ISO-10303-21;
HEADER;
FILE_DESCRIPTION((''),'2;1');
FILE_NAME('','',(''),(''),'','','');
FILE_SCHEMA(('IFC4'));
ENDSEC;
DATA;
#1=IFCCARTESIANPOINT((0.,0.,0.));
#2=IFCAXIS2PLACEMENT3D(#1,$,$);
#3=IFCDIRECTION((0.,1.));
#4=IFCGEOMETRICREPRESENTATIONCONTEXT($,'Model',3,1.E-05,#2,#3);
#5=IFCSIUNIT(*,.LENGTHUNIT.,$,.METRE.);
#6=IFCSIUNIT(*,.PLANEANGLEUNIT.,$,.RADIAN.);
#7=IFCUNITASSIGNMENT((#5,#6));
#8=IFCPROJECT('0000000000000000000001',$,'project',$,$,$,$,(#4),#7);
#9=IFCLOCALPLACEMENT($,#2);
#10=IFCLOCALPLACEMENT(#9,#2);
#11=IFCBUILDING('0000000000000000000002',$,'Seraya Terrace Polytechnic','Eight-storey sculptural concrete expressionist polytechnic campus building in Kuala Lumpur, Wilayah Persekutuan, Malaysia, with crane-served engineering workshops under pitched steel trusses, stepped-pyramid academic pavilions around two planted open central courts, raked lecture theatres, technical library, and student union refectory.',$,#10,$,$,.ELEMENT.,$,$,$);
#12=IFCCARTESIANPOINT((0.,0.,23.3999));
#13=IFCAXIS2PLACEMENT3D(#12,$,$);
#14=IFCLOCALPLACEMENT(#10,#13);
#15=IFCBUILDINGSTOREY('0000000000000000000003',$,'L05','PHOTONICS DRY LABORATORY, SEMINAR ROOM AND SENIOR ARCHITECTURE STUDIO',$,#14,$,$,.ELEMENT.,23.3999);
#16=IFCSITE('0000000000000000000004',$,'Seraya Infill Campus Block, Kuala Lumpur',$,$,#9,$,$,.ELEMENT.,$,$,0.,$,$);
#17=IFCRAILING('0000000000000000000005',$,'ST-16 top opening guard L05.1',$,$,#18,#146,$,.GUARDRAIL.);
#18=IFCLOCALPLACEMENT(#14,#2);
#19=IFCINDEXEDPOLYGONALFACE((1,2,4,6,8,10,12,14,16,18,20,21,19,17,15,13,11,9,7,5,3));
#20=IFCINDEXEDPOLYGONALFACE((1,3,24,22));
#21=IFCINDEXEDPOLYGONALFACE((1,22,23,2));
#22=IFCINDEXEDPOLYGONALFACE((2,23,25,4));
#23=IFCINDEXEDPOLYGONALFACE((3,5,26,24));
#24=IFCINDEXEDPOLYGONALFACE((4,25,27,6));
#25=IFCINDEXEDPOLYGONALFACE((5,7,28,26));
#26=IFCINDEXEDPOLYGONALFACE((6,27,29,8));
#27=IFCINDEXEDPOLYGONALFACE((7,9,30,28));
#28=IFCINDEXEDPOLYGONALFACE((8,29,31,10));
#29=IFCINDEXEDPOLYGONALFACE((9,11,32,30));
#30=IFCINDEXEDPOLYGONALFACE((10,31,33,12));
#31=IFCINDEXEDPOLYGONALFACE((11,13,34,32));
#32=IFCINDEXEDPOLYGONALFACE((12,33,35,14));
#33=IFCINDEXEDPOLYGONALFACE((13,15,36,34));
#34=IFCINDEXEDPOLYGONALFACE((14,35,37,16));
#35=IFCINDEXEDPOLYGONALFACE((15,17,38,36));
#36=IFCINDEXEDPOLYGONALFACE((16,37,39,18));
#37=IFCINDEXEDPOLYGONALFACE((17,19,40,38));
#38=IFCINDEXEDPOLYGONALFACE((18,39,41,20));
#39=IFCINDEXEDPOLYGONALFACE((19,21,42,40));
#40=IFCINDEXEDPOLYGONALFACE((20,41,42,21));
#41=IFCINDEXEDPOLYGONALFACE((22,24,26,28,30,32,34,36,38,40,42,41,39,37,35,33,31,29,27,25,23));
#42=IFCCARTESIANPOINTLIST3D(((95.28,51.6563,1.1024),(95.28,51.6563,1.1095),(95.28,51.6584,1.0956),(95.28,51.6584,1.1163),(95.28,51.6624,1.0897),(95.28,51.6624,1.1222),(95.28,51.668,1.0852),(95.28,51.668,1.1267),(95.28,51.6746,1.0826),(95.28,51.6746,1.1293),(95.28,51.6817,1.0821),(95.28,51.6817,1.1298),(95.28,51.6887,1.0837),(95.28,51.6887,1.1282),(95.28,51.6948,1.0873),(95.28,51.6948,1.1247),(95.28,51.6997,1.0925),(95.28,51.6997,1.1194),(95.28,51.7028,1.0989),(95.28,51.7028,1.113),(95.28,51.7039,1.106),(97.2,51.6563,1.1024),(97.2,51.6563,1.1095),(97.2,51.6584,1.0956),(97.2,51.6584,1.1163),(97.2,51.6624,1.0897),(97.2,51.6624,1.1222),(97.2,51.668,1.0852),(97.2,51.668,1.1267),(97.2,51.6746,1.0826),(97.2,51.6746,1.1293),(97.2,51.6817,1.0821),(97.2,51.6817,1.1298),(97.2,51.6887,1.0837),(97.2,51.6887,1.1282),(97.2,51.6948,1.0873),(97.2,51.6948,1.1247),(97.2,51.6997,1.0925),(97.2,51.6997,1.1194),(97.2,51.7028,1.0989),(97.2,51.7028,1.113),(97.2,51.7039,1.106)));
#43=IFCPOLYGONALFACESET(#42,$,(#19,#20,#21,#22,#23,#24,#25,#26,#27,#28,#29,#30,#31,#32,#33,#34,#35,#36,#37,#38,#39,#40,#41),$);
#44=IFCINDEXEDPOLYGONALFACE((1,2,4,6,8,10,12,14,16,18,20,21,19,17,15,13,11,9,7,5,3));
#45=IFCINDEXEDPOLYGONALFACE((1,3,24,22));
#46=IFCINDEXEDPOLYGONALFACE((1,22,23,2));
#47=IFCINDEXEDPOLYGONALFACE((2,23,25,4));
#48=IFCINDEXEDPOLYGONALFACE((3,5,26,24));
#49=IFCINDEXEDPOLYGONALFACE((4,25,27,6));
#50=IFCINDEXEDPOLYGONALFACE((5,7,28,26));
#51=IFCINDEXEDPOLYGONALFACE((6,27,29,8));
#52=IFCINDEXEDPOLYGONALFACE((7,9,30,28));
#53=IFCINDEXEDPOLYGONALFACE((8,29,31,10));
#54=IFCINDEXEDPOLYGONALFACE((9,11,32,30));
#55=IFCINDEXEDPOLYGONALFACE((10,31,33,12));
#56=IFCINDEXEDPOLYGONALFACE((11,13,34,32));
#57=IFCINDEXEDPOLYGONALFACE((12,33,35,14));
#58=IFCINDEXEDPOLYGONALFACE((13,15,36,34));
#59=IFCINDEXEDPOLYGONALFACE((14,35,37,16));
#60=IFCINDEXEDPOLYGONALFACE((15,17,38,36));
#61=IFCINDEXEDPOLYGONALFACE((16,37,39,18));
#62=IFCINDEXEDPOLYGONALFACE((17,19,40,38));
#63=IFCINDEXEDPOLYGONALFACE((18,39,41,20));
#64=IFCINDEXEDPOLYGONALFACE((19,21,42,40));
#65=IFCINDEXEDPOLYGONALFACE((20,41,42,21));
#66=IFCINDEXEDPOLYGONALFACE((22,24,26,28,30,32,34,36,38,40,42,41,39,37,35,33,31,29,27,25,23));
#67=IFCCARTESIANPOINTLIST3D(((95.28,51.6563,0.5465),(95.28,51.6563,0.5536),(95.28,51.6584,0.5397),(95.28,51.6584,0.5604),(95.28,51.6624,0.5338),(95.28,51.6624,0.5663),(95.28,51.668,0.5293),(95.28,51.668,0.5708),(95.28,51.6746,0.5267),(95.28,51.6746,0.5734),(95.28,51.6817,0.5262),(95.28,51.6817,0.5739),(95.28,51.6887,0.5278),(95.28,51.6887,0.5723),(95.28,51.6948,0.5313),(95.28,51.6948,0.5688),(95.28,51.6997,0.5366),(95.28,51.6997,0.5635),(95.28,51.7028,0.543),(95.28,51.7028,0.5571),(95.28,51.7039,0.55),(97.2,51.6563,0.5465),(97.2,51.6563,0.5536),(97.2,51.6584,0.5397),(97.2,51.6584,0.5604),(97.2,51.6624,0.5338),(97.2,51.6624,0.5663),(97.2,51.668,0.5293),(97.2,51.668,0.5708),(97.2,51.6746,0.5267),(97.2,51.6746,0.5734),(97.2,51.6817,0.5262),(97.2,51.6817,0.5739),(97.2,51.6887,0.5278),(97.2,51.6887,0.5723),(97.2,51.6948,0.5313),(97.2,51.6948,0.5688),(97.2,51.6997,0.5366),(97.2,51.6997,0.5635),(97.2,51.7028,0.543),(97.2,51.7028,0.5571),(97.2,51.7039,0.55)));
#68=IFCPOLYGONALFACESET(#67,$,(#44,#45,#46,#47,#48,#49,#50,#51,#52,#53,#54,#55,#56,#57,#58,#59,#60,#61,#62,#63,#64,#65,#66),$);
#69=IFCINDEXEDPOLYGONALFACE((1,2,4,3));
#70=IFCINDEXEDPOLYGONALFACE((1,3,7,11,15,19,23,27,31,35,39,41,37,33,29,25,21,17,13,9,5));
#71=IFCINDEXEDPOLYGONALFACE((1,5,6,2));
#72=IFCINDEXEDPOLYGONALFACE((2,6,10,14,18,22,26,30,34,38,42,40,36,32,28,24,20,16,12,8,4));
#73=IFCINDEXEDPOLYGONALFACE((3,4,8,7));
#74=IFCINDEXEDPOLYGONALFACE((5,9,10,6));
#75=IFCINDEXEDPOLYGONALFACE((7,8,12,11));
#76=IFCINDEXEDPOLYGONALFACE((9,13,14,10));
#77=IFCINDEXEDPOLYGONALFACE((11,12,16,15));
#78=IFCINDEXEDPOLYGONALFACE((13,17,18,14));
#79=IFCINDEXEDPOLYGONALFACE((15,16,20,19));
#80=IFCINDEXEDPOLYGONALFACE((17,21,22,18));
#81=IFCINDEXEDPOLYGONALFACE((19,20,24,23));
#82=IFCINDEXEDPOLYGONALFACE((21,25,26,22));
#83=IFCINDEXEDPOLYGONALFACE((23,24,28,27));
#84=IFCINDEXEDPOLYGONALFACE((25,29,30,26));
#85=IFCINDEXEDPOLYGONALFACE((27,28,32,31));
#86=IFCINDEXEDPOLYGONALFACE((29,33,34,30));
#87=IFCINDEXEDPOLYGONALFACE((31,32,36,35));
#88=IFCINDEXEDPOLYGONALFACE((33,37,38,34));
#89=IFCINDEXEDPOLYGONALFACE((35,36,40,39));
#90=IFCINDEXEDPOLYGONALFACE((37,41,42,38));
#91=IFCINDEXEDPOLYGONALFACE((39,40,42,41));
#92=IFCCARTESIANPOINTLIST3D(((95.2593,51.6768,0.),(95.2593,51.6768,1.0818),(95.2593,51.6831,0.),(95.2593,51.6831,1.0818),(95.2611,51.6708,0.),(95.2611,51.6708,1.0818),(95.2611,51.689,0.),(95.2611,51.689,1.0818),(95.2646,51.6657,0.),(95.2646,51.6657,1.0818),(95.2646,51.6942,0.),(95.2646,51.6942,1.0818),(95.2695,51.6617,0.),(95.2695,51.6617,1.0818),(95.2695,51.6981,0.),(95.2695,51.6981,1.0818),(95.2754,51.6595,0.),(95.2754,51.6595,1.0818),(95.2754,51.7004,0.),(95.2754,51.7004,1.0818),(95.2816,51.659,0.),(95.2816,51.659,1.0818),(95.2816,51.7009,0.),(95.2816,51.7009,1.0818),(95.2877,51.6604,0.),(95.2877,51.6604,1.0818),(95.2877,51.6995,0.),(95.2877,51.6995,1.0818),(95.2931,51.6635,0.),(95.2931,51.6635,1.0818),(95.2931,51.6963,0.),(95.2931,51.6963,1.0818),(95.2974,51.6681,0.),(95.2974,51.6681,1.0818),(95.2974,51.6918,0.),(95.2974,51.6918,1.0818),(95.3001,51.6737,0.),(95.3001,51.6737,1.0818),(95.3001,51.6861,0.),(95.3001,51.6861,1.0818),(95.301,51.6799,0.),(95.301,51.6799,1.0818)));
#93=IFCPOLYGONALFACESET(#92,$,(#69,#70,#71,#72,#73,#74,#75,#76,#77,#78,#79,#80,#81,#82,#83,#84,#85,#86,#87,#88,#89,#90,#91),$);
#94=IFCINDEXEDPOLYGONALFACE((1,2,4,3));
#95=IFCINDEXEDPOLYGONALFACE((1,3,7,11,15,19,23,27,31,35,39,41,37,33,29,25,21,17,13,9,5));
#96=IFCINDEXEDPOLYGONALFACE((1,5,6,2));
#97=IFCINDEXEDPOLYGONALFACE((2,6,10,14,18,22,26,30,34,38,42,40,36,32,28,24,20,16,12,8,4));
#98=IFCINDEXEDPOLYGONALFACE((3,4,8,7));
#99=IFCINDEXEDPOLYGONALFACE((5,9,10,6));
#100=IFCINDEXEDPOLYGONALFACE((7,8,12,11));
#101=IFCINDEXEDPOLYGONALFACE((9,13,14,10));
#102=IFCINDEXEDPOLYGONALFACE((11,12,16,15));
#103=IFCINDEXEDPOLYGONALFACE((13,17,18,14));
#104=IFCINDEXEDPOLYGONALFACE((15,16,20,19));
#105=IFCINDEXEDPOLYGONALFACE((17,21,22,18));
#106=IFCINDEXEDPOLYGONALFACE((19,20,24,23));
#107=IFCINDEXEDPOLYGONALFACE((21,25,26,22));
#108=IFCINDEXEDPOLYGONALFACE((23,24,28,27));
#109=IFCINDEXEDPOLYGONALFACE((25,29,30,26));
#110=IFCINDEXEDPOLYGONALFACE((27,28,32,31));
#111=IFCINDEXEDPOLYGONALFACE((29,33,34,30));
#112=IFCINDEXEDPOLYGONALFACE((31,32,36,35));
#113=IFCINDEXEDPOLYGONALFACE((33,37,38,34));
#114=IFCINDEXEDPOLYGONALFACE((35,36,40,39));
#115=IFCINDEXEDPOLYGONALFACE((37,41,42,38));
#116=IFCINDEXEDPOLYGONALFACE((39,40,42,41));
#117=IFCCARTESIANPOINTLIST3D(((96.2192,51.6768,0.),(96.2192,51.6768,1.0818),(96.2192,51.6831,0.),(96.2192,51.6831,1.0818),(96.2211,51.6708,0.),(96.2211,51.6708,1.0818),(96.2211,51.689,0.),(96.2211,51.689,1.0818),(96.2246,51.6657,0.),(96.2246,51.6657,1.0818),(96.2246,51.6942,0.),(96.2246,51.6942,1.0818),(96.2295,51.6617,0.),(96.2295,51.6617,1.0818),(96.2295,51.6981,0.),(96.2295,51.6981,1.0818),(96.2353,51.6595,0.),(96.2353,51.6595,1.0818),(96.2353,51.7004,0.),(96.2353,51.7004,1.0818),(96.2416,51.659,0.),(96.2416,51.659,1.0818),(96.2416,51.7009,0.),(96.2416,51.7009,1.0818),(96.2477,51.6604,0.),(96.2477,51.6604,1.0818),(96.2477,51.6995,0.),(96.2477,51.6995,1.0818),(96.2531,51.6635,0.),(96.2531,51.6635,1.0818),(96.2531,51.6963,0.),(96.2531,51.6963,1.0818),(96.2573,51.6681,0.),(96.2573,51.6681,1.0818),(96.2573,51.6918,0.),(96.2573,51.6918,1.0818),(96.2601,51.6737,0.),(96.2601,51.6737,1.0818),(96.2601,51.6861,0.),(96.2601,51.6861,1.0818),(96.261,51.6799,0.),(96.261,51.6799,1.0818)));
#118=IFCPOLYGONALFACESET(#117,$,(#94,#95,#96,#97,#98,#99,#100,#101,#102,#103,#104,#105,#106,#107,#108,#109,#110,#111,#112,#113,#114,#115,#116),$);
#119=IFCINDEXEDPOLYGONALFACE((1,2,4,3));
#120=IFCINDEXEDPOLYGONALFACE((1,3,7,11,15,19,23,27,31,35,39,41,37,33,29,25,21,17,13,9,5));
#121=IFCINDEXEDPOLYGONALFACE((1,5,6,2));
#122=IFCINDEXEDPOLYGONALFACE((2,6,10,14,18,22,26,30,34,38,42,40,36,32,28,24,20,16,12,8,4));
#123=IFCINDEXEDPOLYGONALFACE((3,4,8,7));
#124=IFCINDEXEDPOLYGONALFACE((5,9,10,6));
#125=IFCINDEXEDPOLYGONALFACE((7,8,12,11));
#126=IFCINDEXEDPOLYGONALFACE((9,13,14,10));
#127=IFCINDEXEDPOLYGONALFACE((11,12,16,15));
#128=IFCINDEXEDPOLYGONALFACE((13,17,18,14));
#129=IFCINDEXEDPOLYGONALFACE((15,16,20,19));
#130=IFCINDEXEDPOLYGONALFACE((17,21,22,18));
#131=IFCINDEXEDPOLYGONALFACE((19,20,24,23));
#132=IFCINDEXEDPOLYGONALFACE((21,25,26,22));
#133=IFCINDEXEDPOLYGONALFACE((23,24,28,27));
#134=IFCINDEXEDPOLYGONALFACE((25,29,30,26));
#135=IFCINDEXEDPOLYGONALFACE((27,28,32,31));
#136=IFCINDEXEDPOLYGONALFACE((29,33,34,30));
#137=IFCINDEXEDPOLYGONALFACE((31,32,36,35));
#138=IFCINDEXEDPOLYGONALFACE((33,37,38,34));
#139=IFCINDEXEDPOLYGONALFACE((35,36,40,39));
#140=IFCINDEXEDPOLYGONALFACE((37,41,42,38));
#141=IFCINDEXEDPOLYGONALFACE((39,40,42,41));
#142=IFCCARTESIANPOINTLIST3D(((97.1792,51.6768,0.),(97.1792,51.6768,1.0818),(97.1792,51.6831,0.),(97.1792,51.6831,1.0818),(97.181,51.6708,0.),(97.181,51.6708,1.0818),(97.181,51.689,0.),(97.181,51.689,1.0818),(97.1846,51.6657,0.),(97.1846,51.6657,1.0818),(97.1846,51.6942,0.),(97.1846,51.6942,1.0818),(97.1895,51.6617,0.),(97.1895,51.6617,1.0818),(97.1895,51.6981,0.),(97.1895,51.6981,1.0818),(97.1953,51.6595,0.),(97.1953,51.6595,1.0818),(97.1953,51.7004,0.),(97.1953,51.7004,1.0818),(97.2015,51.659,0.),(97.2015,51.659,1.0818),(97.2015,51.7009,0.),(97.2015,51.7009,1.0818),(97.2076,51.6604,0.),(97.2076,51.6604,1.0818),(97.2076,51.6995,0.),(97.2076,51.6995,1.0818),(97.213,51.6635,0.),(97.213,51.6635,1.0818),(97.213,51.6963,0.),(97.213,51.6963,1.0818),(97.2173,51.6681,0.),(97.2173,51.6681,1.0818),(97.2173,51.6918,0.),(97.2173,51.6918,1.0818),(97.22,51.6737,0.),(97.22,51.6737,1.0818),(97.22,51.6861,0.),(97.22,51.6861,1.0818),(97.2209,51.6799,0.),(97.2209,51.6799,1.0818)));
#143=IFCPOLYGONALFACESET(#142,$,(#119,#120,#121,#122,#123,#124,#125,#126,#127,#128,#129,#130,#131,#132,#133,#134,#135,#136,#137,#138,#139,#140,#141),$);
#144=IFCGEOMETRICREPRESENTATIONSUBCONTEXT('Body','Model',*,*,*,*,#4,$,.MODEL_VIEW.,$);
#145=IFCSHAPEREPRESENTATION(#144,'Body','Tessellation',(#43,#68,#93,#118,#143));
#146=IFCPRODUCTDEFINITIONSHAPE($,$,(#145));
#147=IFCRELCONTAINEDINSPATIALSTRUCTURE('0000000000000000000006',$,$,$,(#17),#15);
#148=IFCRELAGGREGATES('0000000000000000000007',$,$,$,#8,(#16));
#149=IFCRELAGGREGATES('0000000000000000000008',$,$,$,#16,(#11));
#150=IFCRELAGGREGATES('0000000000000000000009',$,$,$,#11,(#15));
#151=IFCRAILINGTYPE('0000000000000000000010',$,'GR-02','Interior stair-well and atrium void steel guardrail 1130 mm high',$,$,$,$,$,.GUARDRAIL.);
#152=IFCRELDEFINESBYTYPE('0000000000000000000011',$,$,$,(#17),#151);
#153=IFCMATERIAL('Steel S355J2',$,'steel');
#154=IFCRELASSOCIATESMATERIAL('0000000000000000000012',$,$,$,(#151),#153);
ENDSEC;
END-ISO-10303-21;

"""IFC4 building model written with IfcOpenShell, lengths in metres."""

from ifc_helpers import new_model, si_unit, direction, frame, origin, origin_2d, place, context, subcontext, project, spatial, circle, extrude, material, type_object, element, save


model = new_model("IFC4")

# Units and contexts
model_context = context("Model", 3, precision=1e-05, world=origin(), true_north=direction((0.0, 1.0)))
body_context = subcontext(model_context, "Body", "Model", "MODEL_VIEW")
ifc_project = project(units=[si_unit("LENGTHUNIT", "METRE"), si_unit("PLANEANGLEUNIT", "RADIAN")], contexts=[model_context])

# Site, building, storey
site_placement = place(None, origin())
site = spatial("IfcSite", under=ifc_project, at=site_placement, Name="Seraya Infill Campus Block, Kuala Lumpur", CompositionType="ELEMENT", RefElevation=0.0)
building_placement = place(site_placement, origin())
building = spatial("IfcBuilding", under=site, at=building_placement, Name="Seraya Terrace Polytechnic", Description="Eight-storey sculptural concrete expressionist polytechnic campus building in Kuala Lumpur, Wilayah Persekutuan, Malaysia, with crane-served engineering workshops under pitched steel trusses, stepped-pyramid academic pavilions around two planted open central courts, raked lecture theatres, technical library, and student union refectory.", CompositionType="ELEMENT")
storey_placement = place(building_placement, frame((0.0, 0.0, 23.3999)))
storey = spatial("IfcBuildingStorey", under=building, at=storey_placement, Name="L05", Description="PHOTONICS DRY LABORATORY, SEMINAR ROOM AND SENIOR ARCHITECTURE STUDIO", CompositionType="ELEMENT", Elevation=23.3999)

# Railing
ifc_material_1 = material(Name="Steel S355J2", Category="steel")
railing_type = type_object("IfcRailingType", Name="GR-02", Description="Interior stair-well and atrium void steel guardrail 1130 mm high", PredefinedType="GUARDRAIL", material=ifc_material_1)
railing_placement = place(storey_placement, frame((95.28, 51.6799, 0.0)))
element("IfcRailing", 1, at=railing_placement, inside=storey, type_object=railing_type, Name="ST-16 top opening guard L05.1", PredefinedType="GUARDRAIL", context=body_context, shape_type="SweptSolid", body=[
    extrude(circle(Radius=0.0239, at=origin_2d()), frame((0.0, 0.0, 1.106), z_axis=(1.0, 0.0, 0.0), x_axis=(0.0, 1.0, 0.0)), (0.0, 0.0, 1.0), 1.9199),
    extrude(circle(Radius=0.0239, at=origin_2d()), frame((0.0, 0.0, 0.55), z_axis=(1.0, 0.0, 0.0), x_axis=(0.0, 1.0, 0.0)), (0.0, 0.0, 1.0), 1.9199),
    extrude(circle(Radius=0.021, at=origin_2d()), origin(), (0.0, 0.0, 1.0), 1.0818),
    extrude(circle(Radius=0.021, at=origin_2d()), frame((0.96, 0.0, 0.0)), (0.0, 0.0, 1.0), 1.0818),
    extrude(circle(Radius=0.021, at=origin_2d()), frame((1.9199, 0.0, 0.0)), (0.0, 0.0, 1.0), 1.0818),
])

save(model, "model.ifc")
